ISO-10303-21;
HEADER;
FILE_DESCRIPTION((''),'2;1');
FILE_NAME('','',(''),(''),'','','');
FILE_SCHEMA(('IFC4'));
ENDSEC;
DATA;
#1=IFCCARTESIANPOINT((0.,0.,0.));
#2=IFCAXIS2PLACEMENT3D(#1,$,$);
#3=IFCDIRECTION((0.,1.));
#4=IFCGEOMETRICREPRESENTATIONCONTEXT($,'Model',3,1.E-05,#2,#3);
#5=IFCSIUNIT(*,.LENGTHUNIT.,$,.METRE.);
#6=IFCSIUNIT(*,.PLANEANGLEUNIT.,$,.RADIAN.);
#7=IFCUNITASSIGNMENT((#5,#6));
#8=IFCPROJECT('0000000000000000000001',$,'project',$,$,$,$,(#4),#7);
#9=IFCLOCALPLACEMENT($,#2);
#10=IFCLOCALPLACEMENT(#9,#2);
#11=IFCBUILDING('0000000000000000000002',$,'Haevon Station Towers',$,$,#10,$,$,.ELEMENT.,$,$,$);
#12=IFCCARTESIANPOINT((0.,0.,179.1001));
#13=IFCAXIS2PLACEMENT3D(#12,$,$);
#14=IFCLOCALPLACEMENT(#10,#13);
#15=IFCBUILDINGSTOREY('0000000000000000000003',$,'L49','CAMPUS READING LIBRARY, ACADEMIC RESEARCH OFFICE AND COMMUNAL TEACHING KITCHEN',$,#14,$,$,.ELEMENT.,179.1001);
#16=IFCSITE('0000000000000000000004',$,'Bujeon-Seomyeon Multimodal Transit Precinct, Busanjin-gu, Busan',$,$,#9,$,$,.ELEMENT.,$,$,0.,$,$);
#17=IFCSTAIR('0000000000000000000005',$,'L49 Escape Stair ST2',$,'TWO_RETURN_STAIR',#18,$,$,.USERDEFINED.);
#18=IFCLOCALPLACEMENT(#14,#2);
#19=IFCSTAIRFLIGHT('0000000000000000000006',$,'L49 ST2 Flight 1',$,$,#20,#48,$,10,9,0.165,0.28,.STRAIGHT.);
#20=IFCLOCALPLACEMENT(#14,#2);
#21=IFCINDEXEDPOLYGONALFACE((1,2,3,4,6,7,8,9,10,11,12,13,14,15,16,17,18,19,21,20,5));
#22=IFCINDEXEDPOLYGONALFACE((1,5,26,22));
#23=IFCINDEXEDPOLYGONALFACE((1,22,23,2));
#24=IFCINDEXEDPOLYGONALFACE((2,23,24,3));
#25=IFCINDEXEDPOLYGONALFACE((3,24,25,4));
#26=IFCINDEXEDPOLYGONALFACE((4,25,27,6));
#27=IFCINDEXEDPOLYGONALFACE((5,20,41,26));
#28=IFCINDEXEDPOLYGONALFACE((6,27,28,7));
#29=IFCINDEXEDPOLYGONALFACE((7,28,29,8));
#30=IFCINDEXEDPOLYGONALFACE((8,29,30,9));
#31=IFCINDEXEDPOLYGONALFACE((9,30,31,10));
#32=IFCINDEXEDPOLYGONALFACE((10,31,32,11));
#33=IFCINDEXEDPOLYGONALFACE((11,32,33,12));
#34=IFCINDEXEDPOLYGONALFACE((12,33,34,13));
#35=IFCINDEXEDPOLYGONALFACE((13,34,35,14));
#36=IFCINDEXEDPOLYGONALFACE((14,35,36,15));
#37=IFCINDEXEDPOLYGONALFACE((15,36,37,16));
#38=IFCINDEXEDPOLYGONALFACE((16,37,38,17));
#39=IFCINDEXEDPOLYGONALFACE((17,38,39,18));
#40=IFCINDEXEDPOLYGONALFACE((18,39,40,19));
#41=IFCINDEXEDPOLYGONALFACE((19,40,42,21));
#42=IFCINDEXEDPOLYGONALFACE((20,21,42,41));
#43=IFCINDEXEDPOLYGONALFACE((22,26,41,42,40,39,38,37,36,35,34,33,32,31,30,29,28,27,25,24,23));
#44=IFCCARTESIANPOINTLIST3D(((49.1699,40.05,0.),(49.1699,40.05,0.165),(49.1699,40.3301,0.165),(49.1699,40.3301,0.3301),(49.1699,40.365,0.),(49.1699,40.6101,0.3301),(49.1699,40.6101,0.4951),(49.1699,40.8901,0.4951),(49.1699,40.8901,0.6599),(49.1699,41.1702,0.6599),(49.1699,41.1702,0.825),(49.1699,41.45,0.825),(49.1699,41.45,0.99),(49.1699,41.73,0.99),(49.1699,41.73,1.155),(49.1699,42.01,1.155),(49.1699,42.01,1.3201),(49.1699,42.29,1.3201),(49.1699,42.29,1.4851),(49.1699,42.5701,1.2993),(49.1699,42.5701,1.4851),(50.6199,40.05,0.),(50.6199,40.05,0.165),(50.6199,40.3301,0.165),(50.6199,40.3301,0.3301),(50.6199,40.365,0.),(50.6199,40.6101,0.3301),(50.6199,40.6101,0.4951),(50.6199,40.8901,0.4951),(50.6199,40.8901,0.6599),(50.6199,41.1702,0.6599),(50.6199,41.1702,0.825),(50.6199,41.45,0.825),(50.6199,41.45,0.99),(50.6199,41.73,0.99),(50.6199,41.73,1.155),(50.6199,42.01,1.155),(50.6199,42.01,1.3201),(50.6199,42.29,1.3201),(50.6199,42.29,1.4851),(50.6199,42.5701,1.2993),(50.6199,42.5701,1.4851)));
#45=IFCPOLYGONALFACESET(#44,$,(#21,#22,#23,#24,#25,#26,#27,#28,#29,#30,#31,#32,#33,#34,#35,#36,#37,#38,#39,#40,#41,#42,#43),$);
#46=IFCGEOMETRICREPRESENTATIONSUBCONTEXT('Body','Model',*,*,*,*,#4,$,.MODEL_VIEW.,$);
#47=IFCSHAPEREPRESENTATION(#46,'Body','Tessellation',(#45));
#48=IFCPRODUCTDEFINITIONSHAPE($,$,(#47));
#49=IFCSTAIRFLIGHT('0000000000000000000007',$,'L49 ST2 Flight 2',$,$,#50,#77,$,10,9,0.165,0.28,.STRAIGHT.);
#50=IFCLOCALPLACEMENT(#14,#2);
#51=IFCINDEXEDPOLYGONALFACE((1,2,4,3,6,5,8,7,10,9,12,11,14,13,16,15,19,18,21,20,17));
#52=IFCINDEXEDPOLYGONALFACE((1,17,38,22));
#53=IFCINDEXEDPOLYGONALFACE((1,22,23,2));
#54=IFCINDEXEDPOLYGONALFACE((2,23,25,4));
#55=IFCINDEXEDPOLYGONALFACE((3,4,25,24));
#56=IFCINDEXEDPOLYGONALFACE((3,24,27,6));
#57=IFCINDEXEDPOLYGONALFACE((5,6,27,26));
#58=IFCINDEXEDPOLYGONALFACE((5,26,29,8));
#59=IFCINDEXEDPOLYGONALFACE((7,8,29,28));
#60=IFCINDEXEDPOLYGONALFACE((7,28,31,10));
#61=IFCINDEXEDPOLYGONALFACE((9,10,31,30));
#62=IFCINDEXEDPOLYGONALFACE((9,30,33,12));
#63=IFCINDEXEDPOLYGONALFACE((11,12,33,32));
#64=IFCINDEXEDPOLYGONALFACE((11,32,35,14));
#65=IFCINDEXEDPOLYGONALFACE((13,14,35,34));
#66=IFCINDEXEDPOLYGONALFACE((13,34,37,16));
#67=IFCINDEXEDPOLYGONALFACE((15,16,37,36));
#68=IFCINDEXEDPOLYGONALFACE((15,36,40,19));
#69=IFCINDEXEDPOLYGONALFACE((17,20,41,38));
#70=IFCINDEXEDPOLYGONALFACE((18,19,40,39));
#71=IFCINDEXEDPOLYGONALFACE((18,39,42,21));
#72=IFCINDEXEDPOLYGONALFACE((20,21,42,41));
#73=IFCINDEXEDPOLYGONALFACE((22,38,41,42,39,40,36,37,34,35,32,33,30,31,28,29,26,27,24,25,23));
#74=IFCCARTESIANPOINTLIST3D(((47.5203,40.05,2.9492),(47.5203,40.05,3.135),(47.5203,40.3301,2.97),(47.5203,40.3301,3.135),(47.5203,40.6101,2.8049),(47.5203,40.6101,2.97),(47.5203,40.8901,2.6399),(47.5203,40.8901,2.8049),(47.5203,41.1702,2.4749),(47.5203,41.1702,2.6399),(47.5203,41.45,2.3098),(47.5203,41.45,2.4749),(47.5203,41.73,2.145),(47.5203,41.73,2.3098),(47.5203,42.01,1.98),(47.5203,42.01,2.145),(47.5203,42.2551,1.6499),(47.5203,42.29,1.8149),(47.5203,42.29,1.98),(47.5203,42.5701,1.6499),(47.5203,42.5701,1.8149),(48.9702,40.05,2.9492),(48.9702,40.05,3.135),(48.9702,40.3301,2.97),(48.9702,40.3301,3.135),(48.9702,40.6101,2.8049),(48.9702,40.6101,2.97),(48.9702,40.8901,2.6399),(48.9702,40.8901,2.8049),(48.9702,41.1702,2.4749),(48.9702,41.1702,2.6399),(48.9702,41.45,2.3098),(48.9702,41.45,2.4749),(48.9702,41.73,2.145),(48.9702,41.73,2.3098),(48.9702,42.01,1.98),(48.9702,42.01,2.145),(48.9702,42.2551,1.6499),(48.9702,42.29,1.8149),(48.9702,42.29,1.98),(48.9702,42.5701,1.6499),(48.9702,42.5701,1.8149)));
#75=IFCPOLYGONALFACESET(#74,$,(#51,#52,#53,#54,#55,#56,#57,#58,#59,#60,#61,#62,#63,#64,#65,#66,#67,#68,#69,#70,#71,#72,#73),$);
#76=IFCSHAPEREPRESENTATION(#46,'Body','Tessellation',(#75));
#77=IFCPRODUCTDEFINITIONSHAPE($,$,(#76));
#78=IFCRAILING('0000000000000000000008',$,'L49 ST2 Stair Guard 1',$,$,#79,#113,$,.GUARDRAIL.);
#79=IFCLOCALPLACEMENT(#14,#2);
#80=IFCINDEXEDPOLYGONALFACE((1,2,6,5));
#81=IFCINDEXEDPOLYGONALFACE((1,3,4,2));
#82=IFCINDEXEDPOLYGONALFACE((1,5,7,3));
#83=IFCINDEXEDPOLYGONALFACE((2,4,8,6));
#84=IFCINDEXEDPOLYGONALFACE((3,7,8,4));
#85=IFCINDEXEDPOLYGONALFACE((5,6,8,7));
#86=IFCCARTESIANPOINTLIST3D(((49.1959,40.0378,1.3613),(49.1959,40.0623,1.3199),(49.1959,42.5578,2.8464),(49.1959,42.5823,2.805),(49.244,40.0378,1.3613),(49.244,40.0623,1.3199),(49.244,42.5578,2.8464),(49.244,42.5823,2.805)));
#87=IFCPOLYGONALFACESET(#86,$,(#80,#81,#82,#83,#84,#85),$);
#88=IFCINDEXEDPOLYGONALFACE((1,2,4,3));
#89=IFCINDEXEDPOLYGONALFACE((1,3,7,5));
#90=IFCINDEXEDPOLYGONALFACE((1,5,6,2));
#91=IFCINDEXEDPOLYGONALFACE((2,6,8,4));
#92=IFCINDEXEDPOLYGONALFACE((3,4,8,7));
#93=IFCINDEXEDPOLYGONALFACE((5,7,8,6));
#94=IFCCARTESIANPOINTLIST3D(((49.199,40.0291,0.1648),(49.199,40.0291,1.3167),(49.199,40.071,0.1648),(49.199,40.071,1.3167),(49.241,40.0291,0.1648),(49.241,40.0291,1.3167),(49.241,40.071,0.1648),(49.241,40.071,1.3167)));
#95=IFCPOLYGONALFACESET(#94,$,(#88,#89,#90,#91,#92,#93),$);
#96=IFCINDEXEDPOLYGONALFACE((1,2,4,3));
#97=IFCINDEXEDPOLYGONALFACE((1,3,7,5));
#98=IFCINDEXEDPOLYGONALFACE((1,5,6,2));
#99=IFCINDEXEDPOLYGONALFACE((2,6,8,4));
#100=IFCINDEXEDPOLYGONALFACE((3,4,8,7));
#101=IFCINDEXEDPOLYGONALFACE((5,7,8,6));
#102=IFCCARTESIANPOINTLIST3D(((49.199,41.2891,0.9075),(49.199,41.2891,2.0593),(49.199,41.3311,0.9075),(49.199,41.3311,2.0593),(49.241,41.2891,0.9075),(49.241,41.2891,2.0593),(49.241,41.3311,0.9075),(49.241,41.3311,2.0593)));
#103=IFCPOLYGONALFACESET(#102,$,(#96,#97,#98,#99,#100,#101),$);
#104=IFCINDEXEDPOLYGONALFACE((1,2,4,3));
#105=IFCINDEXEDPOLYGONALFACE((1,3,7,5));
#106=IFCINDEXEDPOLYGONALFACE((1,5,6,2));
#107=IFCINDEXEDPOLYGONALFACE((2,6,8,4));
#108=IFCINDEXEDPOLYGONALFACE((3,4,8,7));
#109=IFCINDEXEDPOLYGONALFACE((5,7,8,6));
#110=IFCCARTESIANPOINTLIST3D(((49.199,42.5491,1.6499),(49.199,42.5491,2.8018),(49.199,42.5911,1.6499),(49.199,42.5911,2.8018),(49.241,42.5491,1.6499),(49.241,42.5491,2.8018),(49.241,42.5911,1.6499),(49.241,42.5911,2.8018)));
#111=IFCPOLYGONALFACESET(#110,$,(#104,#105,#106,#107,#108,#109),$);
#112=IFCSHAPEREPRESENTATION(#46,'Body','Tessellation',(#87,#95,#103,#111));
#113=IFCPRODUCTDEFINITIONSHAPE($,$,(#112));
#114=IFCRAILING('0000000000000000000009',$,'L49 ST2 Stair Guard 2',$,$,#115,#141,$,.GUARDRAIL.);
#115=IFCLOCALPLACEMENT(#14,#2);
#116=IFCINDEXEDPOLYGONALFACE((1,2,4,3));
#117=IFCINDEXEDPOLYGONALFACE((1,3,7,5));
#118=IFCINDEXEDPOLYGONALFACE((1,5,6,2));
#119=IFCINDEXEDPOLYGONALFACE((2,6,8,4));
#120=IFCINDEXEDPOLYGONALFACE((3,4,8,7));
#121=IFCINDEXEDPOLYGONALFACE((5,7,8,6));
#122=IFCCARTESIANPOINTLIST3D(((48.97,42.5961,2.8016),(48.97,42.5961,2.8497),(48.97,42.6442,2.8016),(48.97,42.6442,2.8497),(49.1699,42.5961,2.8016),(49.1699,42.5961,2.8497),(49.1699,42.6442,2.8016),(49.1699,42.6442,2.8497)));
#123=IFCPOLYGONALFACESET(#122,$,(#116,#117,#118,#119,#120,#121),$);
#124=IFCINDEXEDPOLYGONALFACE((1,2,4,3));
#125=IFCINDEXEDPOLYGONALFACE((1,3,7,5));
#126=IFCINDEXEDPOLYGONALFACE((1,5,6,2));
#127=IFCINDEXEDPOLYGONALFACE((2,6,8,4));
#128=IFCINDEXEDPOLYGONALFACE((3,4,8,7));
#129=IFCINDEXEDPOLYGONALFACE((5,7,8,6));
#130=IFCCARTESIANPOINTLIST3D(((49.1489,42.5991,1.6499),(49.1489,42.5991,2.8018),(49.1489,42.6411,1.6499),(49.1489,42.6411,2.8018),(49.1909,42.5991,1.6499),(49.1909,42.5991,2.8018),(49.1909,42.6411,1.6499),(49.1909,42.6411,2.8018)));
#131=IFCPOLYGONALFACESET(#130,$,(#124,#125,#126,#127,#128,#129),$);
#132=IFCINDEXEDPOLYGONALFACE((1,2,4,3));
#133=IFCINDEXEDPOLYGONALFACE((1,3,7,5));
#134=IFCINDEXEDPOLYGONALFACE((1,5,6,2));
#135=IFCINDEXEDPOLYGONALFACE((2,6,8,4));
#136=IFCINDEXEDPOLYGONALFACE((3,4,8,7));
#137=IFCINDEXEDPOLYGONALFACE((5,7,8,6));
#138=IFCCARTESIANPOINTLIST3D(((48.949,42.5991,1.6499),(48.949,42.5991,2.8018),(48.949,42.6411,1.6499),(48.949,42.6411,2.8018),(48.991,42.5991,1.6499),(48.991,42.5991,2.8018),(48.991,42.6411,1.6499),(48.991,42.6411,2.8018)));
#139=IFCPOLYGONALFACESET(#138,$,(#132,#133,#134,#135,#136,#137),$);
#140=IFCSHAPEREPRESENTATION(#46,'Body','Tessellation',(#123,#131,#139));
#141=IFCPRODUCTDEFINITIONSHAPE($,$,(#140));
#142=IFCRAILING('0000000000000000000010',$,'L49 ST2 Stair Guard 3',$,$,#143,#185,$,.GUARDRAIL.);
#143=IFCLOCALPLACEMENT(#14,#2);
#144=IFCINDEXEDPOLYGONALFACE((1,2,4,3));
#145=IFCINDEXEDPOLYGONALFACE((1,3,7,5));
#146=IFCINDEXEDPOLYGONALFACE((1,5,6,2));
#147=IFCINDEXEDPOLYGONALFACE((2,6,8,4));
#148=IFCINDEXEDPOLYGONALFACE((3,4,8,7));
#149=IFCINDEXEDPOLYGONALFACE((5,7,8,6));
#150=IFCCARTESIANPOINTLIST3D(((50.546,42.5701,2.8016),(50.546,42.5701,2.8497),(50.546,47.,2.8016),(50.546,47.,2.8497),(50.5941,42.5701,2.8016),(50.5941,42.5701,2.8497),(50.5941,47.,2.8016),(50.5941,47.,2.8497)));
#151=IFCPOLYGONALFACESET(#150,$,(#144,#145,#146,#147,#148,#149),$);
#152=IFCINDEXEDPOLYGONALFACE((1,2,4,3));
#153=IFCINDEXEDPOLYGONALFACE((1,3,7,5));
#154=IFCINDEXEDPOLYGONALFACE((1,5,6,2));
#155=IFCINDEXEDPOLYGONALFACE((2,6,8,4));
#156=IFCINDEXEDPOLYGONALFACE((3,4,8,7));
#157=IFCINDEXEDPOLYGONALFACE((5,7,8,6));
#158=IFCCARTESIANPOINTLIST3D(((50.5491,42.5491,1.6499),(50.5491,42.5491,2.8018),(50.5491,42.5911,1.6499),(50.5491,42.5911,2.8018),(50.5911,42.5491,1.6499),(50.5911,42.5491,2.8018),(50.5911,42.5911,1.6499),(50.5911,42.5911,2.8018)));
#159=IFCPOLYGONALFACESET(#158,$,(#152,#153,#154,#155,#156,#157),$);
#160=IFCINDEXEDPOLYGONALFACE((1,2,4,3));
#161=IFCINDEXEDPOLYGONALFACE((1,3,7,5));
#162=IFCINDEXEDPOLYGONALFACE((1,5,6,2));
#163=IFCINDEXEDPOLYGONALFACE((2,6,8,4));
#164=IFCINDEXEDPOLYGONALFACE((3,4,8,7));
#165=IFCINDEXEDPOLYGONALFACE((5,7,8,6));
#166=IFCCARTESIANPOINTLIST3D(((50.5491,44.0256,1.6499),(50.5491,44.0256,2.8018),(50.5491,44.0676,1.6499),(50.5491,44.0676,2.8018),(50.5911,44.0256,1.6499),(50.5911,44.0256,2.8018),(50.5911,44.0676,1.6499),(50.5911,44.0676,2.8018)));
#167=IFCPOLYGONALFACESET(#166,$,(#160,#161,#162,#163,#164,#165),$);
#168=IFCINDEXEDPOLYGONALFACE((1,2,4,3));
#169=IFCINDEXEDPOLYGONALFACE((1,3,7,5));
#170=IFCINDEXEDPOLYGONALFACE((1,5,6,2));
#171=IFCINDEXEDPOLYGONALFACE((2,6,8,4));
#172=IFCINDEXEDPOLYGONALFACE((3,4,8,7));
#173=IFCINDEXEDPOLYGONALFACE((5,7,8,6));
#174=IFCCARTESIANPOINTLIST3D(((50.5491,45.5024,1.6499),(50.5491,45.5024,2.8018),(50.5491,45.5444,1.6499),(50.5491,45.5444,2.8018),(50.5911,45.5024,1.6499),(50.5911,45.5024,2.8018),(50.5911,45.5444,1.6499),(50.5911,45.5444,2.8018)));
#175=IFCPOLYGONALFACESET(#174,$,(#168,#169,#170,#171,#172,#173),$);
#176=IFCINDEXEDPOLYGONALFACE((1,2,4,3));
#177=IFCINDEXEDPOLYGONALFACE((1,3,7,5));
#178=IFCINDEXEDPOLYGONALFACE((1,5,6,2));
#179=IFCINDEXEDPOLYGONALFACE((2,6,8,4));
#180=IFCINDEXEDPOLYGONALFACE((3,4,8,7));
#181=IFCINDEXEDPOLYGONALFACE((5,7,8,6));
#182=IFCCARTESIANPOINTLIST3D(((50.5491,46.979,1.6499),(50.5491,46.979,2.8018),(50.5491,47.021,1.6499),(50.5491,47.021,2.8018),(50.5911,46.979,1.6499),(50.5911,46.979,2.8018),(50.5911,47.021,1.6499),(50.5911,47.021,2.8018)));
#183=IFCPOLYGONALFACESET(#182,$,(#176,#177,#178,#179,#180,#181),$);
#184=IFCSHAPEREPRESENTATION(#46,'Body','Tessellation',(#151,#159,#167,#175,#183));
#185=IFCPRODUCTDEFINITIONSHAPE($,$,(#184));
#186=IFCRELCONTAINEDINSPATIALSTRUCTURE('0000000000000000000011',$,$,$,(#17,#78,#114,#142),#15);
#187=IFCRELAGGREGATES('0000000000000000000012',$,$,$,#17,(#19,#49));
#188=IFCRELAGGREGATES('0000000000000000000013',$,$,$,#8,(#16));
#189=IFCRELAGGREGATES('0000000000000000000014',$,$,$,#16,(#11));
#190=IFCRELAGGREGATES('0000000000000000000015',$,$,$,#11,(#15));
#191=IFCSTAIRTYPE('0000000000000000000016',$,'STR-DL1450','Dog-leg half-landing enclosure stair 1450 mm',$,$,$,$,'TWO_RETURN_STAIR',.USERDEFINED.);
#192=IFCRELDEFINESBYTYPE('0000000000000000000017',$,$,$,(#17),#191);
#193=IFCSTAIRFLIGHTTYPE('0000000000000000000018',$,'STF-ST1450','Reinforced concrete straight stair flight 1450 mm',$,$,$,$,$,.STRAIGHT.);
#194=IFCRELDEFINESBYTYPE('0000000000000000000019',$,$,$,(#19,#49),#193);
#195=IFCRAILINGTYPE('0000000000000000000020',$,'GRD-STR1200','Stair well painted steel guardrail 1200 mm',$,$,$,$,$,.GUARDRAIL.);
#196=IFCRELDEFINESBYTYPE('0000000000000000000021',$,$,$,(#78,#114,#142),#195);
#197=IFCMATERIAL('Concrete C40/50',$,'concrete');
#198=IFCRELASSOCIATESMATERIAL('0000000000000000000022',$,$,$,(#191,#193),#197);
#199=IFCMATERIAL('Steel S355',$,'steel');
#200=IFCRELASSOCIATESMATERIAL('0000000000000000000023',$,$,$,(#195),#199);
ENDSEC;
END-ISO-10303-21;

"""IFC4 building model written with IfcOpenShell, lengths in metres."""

from ifc_helpers import new_model, si_unit, direction, frame, origin, origin_2d, place, context, subcontext, project, spatial, polyline, rectangle, outline, extrude, material, type_object, element, aggregate, save


model = new_model("IFC4")

# Units and contexts
model_context = context("Model", 3, precision=1e-05, world=origin(), true_north=direction((0.0, 1.0)))
body_context = subcontext(model_context, "Body", "Model", "MODEL_VIEW")
ifc_project = project(units=[si_unit("LENGTHUNIT", "METRE"), si_unit("PLANEANGLEUNIT", "RADIAN")], contexts=[model_context])

# Site, building, storey
site_placement = place(None, origin())
site = spatial("IfcSite", under=ifc_project, at=site_placement, Name="Bujeon-Seomyeon Multimodal Transit Precinct, Busanjin-gu, Busan", CompositionType="ELEMENT", RefElevation=0.0)
building_placement = place(site_placement, origin())
building = spatial("IfcBuilding", under=site, at=building_placement, Name="Haevon Station Towers", CompositionType="ELEMENT")
storey_placement = place(building_placement, frame((0.0, 0.0, 179.1001)))
storey = spatial("IfcBuildingStorey", under=building, at=storey_placement, Name="L49", Description="CAMPUS READING LIBRARY, ACADEMIC RESEARCH OFFICE AND COMMUNAL TEACHING KITCHEN", CompositionType="ELEMENT", Elevation=179.1001)

# Shared definitions
ifc_material_1 = material(Name="Steel S355", Category="steel")

# Stair, stair flights
ifc_material_2 = material(Name="Concrete C40/50", Category="concrete")
stair_type = type_object("IfcStairType", Name="STR-DL1450", Description="Dog-leg half-landing enclosure stair 1450 mm", ElementType="TWO_RETURN_STAIR", PredefinedType="USERDEFINED", material=ifc_material_2)
stair_placement = place(storey_placement, origin())
stair = element("IfcStair", 1, at=stair_placement, inside=storey, type_object=stair_type, Name="L49 Escape Stair ST2", ObjectType="TWO_RETURN_STAIR", PredefinedType="USERDEFINED")
stair_flight_type = type_object("IfcStairFlightType", Name="STF-ST1450", Description="Reinforced concrete straight stair flight 1450 mm", PredefinedType="STRAIGHT", material=ifc_material_2)
stair_flight_1_placement = place(storey_placement, frame((49.895, 40.05, 0.0), z_axis=(0.0, 0.0, 1.0), x_axis=(0.0, 1.0, 0.0)))
stair_flight_1 = element("IfcStairFlight", 2, at=stair_flight_1_placement, type_object=stair_flight_type, Name="L49 ST2 Flight 1", NumberOfRisers=10, NumberOfTreads=9, PredefinedType="STRAIGHT", RiserHeight=0.165, TreadLength=0.28, context=body_context, shape_type="SweptSolid", body=[
    extrude(outline(polyline([(0.0, 0.0), (0.0, 0.165), (0.28, 0.165), (0.28, 0.3301), (0.5601, 0.3301), (0.5601, 0.4951), (0.8401, 0.4951), (0.8401, 0.6599), (1.1201, 0.6599), (1.1201, 0.825), (1.3999, 0.825), (1.3999, 0.99), (1.6799, 0.99), (1.6799, 1.155), (1.96, 1.155), (1.96, 1.3201), (2.24, 1.3201), (2.24, 1.4851), (2.52, 1.4851), (2.52, 1.6499), (2.52, 1.2993), (0.3149, 0.0), (0.0, 0.0)])), frame((0.0, 0.7251, 0.0), z_axis=(0.0, -1.0, 0.0), x_axis=(1.0, 0.0, 0.0)), (0.0, 0.0, 1.0), 1.45),
])
stair_flight_2_placement = place(storey_placement, frame((48.2451, 42.5701, 1.6499), z_axis=(0.0, 0.0, 1.0), x_axis=(0.0, -1.0, 0.0)))
stair_flight_2 = element("IfcStairFlight", 3, at=stair_flight_2_placement, type_object=stair_flight_type, Name="L49 ST2 Flight 2", NumberOfRisers=10, NumberOfTreads=9, PredefinedType="STRAIGHT", RiserHeight=0.165, TreadLength=0.28, context=body_context, shape_type="SweptSolid", body=[
    extrude(outline(polyline([(0.0, 0.0), (0.0, 0.165), (0.28, 0.165), (0.28, 0.3301), (0.5601, 0.3301), (0.5601, 0.4951), (0.8401, 0.4951), (0.8401, 0.6599), (1.1201, 0.6599), (1.1201, 0.825), (1.3999, 0.825), (1.3999, 0.99), (1.6799, 0.99), (1.6799, 1.155), (1.96, 1.155), (1.96, 1.3201), (2.24, 1.3201), (2.24, 1.4851), (2.52, 1.4851), (2.52, 1.6499), (2.52, 1.2993), (0.3149, 0.0), (0.0, 0.0)])), frame((0.0, 0.7251, 0.0), z_axis=(0.0, -1.0, 0.0), x_axis=(1.0, 0.0, 0.0)), (0.0, 0.0, 1.0), 1.45),
])
aggregate(stair, [stair_flight_1, stair_flight_2])

# Railings
railing_type_1 = type_object("IfcRailingType", Name="GRD-STR1200", Description="Stair well painted steel guardrail 1200 mm", PredefinedType="GUARDRAIL", material=ifc_material_1)
railing_1_placement = place(storey_placement, frame((49.22, 40.05, 0.1648)))
element("IfcRailing", 4, at=railing_1_placement, inside=storey, type_object=railing_type_1, Name="L49 ST2 Stair Guard 1", PredefinedType="GUARDRAIL", context=body_context, shape_type="SweptSolid", body=[
    extrude(rectangle(XDim=0.0481, YDim=0.0481, at=origin_2d()), frame((0.0, 0.0, 1.1758), z_axis=(0.0, 0.861524, 0.507717), x_axis=(-1.0, 0.0, 0.0)), (0.0, 0.0, 1.0), 2.925),
    extrude(rectangle(XDim=0.042, YDim=0.042, at=origin_2d()), origin(), (0.0, 0.0, 1.0), 1.1519),
    extrude(rectangle(XDim=0.042, YDim=0.042, at=origin_2d()), frame((0.0, 1.26, 0.7427)), (0.0, 0.0, 1.0), 1.1519),
    extrude(rectangle(XDim=0.042, YDim=0.042, at=origin_2d()), frame((0.0, 2.52, 1.4851)), (0.0, 0.0, 1.0), 1.1519),
])
railing_2_placement = place(storey_placement, frame((49.1699, 42.6201, 1.6499)))
element("IfcRailing", 5, at=railing_2_placement, inside=storey, type_object=railing_type_1, Name="L49 ST2 Stair Guard 2", PredefinedType="GUARDRAIL", context=body_context, shape_type="SweptSolid", body=[
    extrude(rectangle(XDim=0.0481, YDim=0.0481, at=origin_2d()), frame((0.0, 0.0, 1.1758), z_axis=(-1.0, 0.0, 0.0), x_axis=(0.0, -1.0, 0.0)), (0.0, 0.0, 1.0), 0.2),
    extrude(rectangle(XDim=0.042, YDim=0.042, at=origin_2d()), origin(), (0.0, 0.0, 1.0), 1.1519),
    extrude(rectangle(XDim=0.042, YDim=0.042, at=origin_2d()), frame((-0.2, 0.0, 0.0)), (0.0, 0.0, 1.0), 1.1519),
])
for number, where, name in (
    (6, (50.5701, 42.5701, 1.6499), "L49 ST2 Stair Guard 3"),
):
    element("IfcRailing", number, at=place(storey_placement, frame(where)), inside=storey, type_object=railing_type_1, Name=name, PredefinedType="GUARDRAIL", context=body_context, shape_type="SweptSolid", body=[
        extrude(rectangle(XDim=0.0481, YDim=0.0481, at=origin_2d()), frame((0.0, 0.0, 1.1758), z_axis=(0.0, 1.0, 0.0), x_axis=(-1.0, 0.0, 0.0)), (0.0, 0.0, 1.0), 4.4299),
        extrude(rectangle(XDim=0.042, YDim=0.042, at=origin_2d()), origin(), (0.0, 0.0, 1.0), 1.1519),
        extrude(rectangle(XDim=0.042, YDim=0.042, at=origin_2d()), frame((0.0, 1.4766, 0.0)), (0.0, 0.0, 1.0), 1.1519),
        extrude(rectangle(XDim=0.042, YDim=0.042, at=origin_2d()), frame((0.0, 2.9534, 0.0)), (0.0, 0.0, 1.0), 1.1519),
        extrude(rectangle(XDim=0.042, YDim=0.042, at=origin_2d()), frame((0.0, 4.4299, 0.0)), (0.0, 0.0, 1.0), 1.1519),
    ])

save(model, "model.ifc")
